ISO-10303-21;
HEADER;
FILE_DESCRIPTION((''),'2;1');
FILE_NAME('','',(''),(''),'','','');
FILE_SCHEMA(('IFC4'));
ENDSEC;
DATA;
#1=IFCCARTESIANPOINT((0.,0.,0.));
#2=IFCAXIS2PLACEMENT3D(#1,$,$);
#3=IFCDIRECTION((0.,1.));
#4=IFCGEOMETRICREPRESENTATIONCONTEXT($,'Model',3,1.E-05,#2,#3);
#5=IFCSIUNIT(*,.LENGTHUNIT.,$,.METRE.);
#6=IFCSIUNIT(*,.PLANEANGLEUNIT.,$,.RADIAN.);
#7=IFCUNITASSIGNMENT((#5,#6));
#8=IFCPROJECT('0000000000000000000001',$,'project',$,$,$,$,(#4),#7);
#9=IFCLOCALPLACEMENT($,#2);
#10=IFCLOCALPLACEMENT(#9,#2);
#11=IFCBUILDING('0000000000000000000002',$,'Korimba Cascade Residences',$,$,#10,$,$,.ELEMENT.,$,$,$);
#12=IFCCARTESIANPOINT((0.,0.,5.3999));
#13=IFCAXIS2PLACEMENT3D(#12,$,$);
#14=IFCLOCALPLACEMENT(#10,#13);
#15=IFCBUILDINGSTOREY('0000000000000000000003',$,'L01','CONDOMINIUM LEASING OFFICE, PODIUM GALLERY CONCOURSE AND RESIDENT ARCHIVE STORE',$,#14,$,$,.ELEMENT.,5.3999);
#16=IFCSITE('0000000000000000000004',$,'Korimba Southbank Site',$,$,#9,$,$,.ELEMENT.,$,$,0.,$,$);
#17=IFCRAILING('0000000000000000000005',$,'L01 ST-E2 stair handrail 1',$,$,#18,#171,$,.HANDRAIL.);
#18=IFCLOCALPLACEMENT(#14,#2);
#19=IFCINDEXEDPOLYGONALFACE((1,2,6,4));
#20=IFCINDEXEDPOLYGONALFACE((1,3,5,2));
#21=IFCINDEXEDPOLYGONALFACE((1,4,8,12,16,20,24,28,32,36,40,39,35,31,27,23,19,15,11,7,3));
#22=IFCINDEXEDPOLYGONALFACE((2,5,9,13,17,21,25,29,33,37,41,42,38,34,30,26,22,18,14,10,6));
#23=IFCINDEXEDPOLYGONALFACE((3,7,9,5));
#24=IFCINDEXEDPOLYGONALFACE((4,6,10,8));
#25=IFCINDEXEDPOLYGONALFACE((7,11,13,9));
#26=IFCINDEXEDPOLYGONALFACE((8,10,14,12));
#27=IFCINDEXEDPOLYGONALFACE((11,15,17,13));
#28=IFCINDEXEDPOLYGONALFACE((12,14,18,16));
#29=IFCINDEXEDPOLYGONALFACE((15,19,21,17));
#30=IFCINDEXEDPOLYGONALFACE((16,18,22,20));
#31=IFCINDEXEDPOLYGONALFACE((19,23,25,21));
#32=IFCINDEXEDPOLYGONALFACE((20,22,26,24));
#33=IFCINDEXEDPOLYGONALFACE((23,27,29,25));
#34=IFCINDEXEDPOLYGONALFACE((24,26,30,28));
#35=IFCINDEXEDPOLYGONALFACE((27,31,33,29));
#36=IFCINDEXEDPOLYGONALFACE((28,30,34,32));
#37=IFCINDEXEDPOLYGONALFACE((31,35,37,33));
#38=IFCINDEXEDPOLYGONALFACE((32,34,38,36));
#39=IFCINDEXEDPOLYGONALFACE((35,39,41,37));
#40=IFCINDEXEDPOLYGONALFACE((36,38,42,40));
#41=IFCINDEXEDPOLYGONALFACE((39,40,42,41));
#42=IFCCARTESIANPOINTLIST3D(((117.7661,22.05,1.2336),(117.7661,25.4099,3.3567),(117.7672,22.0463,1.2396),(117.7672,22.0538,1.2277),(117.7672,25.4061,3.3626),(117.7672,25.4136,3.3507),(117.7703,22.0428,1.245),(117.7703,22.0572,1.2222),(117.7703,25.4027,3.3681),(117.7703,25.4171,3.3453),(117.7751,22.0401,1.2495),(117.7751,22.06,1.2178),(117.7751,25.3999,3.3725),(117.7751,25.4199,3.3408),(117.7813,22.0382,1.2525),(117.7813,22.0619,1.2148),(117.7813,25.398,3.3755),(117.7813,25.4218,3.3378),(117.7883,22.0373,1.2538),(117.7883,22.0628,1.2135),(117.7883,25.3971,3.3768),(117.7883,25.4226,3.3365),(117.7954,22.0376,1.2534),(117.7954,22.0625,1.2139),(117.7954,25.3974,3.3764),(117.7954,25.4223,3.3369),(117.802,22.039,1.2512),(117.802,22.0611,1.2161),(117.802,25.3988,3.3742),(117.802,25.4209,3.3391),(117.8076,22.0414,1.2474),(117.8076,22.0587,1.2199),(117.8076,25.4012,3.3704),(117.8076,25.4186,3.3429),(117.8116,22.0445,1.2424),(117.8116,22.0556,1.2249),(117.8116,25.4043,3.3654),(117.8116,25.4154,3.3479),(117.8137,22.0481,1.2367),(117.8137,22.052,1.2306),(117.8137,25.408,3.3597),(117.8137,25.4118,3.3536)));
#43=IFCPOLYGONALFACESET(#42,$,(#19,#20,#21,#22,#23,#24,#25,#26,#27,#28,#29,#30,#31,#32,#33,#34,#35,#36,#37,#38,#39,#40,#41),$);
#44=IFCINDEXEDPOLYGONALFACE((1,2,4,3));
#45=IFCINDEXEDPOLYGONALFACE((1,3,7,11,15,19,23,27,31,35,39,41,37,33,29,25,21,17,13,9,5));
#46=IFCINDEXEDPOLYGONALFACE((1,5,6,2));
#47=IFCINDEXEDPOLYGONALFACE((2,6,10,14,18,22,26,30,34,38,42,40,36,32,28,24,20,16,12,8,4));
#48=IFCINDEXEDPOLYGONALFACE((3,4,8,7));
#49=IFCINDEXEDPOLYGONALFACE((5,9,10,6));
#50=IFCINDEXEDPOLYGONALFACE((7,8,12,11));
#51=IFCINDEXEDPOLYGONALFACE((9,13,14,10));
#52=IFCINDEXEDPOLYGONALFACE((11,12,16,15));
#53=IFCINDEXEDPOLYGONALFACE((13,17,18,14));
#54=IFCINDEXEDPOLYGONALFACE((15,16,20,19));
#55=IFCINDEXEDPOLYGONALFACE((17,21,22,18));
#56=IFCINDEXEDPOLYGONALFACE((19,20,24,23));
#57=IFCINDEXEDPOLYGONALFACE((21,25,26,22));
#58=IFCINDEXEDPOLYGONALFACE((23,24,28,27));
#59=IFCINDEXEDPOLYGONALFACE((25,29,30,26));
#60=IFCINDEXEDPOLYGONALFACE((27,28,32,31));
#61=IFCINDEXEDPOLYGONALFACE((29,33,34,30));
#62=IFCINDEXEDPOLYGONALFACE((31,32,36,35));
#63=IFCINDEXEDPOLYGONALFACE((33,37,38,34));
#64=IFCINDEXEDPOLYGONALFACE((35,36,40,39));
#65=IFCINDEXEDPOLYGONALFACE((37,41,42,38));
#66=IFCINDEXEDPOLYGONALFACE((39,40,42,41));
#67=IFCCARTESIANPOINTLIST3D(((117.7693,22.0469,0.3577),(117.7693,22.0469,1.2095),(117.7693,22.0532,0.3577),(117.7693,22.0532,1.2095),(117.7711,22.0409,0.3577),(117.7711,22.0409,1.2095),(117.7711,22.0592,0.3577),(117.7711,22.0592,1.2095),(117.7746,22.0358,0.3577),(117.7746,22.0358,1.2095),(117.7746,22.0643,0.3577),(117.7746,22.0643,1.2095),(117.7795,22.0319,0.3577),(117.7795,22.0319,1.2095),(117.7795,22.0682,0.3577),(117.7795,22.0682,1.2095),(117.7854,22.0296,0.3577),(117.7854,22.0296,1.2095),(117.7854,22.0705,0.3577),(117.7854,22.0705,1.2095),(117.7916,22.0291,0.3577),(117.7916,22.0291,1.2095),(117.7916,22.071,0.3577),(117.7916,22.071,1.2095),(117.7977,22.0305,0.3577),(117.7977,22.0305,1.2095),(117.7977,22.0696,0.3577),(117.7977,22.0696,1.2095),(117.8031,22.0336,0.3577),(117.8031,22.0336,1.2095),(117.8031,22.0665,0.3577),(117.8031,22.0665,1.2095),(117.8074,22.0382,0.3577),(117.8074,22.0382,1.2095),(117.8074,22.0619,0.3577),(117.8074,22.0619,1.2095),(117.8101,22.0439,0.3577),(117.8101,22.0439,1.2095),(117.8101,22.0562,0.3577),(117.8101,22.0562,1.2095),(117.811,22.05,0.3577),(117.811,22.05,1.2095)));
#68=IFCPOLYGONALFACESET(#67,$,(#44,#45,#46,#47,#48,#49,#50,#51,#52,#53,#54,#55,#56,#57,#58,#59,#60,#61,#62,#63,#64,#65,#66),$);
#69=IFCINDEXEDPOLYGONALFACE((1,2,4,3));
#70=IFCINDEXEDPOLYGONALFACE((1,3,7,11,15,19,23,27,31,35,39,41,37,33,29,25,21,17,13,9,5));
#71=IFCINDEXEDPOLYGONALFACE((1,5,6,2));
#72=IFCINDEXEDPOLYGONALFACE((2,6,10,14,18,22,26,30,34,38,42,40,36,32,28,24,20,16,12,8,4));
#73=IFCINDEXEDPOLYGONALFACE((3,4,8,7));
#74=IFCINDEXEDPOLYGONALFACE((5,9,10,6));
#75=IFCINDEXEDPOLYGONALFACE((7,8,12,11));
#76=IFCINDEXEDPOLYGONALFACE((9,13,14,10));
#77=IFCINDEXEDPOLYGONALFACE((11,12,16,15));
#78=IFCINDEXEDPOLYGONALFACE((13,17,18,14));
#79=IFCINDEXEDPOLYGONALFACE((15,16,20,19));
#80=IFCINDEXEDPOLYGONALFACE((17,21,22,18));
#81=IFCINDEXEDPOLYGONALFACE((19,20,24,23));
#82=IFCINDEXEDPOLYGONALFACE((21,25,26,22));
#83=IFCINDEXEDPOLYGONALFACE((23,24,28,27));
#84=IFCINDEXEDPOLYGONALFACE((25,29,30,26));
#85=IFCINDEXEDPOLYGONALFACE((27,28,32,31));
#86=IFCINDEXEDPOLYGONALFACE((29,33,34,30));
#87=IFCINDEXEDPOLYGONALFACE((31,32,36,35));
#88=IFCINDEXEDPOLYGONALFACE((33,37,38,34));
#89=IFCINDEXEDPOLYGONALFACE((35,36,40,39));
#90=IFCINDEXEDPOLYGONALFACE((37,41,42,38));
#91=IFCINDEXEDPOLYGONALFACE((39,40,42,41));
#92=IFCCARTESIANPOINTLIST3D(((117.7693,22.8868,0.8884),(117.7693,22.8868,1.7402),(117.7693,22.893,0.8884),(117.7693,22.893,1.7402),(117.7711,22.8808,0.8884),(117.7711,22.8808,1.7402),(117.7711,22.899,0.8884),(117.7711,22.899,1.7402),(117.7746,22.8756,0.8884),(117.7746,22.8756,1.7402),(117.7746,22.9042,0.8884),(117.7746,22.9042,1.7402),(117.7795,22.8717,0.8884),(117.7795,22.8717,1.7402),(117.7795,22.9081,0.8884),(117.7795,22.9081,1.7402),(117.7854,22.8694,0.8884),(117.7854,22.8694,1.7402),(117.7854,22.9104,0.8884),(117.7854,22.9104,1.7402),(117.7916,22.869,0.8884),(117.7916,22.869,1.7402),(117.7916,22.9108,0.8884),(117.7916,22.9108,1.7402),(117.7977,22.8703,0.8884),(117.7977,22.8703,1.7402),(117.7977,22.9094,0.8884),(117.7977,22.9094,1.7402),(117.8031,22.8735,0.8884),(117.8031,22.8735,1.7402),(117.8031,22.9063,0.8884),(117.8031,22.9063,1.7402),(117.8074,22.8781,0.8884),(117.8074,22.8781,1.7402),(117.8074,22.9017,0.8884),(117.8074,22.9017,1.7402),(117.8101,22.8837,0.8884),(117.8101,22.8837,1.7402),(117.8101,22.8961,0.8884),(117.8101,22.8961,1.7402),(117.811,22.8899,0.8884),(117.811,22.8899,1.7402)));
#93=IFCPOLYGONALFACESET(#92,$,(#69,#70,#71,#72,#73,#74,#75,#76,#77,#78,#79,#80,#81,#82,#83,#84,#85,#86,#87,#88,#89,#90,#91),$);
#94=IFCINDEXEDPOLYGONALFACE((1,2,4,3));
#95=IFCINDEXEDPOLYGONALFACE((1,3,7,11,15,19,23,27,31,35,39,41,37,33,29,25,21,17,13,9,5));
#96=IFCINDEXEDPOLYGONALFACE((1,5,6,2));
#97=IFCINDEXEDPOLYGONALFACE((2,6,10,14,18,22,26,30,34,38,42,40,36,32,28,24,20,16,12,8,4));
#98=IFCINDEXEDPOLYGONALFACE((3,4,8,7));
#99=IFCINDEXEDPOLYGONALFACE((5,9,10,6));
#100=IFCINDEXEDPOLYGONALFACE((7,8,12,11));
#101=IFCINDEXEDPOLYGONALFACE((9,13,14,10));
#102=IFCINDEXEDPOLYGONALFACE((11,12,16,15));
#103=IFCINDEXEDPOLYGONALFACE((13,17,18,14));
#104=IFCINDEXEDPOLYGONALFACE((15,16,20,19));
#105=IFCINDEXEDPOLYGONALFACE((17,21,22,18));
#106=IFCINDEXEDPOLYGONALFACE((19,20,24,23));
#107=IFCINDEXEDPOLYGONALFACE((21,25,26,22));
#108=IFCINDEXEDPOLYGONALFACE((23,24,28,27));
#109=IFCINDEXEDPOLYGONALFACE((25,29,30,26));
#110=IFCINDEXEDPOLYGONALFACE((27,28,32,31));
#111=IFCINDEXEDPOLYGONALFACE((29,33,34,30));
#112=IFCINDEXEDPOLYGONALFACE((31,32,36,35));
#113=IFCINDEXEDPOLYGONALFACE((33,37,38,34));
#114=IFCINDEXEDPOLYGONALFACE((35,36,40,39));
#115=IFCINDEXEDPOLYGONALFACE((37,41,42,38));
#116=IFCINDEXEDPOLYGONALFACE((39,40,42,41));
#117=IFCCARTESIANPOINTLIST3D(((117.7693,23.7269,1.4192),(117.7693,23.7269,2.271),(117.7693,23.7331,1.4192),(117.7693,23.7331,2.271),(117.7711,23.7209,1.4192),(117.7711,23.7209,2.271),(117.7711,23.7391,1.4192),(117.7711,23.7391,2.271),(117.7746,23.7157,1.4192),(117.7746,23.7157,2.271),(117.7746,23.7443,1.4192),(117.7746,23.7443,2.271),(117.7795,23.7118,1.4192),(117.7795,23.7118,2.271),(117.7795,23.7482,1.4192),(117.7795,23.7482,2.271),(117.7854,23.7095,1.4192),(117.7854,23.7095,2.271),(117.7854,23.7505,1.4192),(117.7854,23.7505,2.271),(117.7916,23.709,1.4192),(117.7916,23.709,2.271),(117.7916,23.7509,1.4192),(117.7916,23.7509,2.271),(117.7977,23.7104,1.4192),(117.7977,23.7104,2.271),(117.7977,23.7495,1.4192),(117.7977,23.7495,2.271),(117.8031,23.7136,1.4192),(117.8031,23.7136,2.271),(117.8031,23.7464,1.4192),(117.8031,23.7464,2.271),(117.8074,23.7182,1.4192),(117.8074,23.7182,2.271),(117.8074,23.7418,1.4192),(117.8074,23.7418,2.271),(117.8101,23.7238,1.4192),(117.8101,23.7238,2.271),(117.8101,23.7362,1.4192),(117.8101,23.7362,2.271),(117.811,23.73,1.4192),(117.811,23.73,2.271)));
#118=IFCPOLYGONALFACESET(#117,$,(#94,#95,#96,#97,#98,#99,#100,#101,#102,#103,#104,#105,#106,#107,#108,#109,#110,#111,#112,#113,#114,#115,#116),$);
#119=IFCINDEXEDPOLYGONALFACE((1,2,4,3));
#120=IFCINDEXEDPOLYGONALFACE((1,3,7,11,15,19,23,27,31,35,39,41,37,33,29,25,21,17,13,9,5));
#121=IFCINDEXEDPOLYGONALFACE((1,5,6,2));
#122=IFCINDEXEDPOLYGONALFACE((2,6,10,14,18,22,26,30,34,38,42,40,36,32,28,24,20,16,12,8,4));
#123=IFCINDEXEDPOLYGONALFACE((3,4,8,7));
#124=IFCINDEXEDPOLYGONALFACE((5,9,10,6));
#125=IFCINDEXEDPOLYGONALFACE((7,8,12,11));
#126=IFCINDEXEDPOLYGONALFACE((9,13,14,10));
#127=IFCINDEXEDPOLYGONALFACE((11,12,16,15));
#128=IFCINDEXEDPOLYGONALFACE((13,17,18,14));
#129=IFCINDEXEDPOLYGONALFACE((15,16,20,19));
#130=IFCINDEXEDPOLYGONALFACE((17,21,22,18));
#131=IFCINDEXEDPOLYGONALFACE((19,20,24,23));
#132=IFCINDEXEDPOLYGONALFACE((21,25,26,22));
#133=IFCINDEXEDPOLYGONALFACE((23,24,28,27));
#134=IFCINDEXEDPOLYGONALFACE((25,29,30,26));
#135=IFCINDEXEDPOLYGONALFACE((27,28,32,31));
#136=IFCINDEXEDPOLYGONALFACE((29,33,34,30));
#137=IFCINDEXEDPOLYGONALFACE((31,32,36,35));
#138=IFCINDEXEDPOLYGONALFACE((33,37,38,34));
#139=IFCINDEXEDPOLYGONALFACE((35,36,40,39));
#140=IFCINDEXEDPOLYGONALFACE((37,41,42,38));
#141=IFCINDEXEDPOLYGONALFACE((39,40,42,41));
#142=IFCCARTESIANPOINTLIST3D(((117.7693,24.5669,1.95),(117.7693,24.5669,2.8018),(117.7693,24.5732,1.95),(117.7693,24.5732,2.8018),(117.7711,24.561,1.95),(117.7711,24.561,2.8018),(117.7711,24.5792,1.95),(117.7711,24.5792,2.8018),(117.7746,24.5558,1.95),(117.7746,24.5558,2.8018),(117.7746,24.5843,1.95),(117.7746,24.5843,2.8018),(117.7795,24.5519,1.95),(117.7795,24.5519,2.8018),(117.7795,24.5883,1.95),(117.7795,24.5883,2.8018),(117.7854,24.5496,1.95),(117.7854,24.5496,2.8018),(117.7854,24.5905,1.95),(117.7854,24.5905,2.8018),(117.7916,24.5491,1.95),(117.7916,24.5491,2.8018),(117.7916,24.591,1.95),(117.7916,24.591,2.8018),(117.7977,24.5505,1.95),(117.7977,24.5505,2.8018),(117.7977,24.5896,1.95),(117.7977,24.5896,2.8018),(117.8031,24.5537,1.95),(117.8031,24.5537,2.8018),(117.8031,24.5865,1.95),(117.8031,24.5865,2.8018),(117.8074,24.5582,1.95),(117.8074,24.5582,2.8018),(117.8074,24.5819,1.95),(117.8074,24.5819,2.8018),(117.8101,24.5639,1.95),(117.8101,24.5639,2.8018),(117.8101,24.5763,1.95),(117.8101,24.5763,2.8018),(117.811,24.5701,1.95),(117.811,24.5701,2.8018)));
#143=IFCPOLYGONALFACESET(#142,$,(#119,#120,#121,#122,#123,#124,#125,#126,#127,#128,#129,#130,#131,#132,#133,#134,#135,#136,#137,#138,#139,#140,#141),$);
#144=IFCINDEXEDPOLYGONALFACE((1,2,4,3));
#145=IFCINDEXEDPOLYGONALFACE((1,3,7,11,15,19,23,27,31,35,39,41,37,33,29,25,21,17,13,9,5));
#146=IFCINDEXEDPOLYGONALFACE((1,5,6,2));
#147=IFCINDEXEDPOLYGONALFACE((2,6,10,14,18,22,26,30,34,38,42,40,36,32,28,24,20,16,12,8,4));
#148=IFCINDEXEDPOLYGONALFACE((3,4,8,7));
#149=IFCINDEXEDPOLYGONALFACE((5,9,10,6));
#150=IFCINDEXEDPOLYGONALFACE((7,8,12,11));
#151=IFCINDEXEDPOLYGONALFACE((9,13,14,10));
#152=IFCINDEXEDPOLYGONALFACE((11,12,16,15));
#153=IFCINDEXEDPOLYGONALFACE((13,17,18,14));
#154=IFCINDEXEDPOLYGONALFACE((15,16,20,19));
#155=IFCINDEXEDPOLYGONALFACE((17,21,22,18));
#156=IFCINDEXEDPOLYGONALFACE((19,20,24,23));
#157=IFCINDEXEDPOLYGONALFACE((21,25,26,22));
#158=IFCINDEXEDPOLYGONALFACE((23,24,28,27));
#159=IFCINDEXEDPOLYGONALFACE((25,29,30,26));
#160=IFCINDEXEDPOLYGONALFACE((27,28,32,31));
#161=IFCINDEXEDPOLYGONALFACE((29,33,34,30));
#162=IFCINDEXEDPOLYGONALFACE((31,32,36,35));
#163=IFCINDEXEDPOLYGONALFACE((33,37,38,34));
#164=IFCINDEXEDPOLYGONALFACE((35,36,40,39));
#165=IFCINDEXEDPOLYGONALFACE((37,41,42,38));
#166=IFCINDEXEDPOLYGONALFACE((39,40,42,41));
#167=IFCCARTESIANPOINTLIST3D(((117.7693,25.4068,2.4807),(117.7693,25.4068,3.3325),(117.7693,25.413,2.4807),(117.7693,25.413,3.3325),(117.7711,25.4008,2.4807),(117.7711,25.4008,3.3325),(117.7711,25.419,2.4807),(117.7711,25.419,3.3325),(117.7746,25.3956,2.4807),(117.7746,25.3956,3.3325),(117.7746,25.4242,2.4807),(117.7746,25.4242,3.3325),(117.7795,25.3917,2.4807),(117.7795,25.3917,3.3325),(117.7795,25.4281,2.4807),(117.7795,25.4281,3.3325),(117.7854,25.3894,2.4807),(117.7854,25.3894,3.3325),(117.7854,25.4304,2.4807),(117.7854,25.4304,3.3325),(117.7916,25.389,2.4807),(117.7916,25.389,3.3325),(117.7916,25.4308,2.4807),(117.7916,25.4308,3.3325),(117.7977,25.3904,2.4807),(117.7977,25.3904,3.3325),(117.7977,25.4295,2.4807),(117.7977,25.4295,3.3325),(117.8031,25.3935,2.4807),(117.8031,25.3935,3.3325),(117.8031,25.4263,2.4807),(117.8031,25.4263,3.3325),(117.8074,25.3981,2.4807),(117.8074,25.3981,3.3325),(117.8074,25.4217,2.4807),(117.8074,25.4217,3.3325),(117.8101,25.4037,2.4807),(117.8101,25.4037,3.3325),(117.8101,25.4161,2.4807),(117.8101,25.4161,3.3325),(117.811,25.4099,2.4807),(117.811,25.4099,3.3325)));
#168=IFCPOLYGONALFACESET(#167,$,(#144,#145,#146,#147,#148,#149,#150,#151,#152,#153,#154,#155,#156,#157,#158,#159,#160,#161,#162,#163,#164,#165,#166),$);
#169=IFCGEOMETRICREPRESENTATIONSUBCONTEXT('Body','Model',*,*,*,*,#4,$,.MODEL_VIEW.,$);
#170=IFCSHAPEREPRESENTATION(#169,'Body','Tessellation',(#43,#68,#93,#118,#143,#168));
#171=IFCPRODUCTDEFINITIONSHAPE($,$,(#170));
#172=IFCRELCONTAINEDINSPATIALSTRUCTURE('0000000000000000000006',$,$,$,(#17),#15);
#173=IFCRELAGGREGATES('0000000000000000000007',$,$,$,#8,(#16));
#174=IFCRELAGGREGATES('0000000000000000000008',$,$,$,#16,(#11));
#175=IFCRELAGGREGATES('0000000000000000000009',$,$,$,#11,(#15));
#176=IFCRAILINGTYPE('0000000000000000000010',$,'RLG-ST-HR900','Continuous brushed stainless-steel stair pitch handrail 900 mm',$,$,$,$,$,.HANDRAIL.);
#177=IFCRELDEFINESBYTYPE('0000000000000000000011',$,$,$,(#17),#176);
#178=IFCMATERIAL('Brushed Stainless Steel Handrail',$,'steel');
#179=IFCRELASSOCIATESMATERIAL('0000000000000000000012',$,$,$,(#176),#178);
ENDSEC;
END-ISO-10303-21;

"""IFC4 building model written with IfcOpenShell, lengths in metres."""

from ifc_helpers import new_model, si_unit, direction, frame, origin, origin_2d, place, context, subcontext, project, spatial, circle, extrude, material, type_object, element, save


model = new_model("IFC4")

# Units and contexts
model_context = context("Model", 3, precision=1e-05, world=origin(), true_north=direction((0.0, 1.0)))
body_context = subcontext(model_context, "Body", "Model", "MODEL_VIEW")
ifc_project = project(units=[si_unit("LENGTHUNIT", "METRE"), si_unit("PLANEANGLEUNIT", "RADIAN")], contexts=[model_context])

# Site, building, storey
site_placement = place(None, origin())
site = spatial("IfcSite", under=ifc_project, at=site_placement, Name="Korimba Southbank Site", CompositionType="ELEMENT", RefElevation=0.0)
building_placement = place(site_placement, origin())
building = spatial("IfcBuilding", under=site, at=building_placement, Name="Korimba Cascade Residences", CompositionType="ELEMENT")
storey_placement = place(building_placement, frame((0.0, 0.0, 5.3999)))
storey = spatial("IfcBuildingStorey", under=building, at=storey_placement, Name="L01", Description="CONDOMINIUM LEASING OFFICE, PODIUM GALLERY CONCOURSE AND RESIDENT ARCHIVE STORE", CompositionType="ELEMENT", Elevation=5.3999)

# Railing
ifc_material_1 = material(Name="Brushed Stainless Steel Handrail", Category="steel")
railing_type_1 = type_object("IfcRailingType", Name="RLG-ST-HR900", Description="Continuous brushed stainless-steel stair pitch handrail 900 mm", PredefinedType="HANDRAIL", material=ifc_material_1)
railing_1_placement = place(storey_placement, frame((117.79, 22.05, 0.3577)))
element("IfcRailing", 1, at=railing_1_placement, inside=storey, type_object=railing_type_1, Name="L01 ST-E2 stair handrail 1", PredefinedType="HANDRAIL", context=body_context, shape_type="SweptSolid", body=[
    extrude(circle(Radius=0.0239, at=origin_2d()), frame((0.0, 0.0, 0.876), z_axis=(0.0, 0.845372, 0.534178), x_axis=(-1.0, 0.0, 0.0)), (0.0, 0.0, 1.0), 3.9744),
    extrude(circle(Radius=0.021, at=origin_2d()), origin(), (0.0, 0.0, 1.0), 0.8518),
    extrude(circle(Radius=0.021, at=origin_2d()), frame((0.0, 0.8398, 0.5308)), (0.0, 0.0, 1.0), 0.8518),
    extrude(circle(Radius=0.021, at=origin_2d()), frame((0.0, 1.6799, 1.0615)), (0.0, 0.0, 1.0), 0.8518),
    extrude(circle(Radius=0.021, at=origin_2d()), frame((0.0, 2.52, 1.5923)), (0.0, 0.0, 1.0), 0.8518),
    extrude(circle(Radius=0.021, at=origin_2d()), frame((0.0, 3.3599, 2.123)), (0.0, 0.0, 1.0), 0.8518),
])

save(model, "model.ifc")
